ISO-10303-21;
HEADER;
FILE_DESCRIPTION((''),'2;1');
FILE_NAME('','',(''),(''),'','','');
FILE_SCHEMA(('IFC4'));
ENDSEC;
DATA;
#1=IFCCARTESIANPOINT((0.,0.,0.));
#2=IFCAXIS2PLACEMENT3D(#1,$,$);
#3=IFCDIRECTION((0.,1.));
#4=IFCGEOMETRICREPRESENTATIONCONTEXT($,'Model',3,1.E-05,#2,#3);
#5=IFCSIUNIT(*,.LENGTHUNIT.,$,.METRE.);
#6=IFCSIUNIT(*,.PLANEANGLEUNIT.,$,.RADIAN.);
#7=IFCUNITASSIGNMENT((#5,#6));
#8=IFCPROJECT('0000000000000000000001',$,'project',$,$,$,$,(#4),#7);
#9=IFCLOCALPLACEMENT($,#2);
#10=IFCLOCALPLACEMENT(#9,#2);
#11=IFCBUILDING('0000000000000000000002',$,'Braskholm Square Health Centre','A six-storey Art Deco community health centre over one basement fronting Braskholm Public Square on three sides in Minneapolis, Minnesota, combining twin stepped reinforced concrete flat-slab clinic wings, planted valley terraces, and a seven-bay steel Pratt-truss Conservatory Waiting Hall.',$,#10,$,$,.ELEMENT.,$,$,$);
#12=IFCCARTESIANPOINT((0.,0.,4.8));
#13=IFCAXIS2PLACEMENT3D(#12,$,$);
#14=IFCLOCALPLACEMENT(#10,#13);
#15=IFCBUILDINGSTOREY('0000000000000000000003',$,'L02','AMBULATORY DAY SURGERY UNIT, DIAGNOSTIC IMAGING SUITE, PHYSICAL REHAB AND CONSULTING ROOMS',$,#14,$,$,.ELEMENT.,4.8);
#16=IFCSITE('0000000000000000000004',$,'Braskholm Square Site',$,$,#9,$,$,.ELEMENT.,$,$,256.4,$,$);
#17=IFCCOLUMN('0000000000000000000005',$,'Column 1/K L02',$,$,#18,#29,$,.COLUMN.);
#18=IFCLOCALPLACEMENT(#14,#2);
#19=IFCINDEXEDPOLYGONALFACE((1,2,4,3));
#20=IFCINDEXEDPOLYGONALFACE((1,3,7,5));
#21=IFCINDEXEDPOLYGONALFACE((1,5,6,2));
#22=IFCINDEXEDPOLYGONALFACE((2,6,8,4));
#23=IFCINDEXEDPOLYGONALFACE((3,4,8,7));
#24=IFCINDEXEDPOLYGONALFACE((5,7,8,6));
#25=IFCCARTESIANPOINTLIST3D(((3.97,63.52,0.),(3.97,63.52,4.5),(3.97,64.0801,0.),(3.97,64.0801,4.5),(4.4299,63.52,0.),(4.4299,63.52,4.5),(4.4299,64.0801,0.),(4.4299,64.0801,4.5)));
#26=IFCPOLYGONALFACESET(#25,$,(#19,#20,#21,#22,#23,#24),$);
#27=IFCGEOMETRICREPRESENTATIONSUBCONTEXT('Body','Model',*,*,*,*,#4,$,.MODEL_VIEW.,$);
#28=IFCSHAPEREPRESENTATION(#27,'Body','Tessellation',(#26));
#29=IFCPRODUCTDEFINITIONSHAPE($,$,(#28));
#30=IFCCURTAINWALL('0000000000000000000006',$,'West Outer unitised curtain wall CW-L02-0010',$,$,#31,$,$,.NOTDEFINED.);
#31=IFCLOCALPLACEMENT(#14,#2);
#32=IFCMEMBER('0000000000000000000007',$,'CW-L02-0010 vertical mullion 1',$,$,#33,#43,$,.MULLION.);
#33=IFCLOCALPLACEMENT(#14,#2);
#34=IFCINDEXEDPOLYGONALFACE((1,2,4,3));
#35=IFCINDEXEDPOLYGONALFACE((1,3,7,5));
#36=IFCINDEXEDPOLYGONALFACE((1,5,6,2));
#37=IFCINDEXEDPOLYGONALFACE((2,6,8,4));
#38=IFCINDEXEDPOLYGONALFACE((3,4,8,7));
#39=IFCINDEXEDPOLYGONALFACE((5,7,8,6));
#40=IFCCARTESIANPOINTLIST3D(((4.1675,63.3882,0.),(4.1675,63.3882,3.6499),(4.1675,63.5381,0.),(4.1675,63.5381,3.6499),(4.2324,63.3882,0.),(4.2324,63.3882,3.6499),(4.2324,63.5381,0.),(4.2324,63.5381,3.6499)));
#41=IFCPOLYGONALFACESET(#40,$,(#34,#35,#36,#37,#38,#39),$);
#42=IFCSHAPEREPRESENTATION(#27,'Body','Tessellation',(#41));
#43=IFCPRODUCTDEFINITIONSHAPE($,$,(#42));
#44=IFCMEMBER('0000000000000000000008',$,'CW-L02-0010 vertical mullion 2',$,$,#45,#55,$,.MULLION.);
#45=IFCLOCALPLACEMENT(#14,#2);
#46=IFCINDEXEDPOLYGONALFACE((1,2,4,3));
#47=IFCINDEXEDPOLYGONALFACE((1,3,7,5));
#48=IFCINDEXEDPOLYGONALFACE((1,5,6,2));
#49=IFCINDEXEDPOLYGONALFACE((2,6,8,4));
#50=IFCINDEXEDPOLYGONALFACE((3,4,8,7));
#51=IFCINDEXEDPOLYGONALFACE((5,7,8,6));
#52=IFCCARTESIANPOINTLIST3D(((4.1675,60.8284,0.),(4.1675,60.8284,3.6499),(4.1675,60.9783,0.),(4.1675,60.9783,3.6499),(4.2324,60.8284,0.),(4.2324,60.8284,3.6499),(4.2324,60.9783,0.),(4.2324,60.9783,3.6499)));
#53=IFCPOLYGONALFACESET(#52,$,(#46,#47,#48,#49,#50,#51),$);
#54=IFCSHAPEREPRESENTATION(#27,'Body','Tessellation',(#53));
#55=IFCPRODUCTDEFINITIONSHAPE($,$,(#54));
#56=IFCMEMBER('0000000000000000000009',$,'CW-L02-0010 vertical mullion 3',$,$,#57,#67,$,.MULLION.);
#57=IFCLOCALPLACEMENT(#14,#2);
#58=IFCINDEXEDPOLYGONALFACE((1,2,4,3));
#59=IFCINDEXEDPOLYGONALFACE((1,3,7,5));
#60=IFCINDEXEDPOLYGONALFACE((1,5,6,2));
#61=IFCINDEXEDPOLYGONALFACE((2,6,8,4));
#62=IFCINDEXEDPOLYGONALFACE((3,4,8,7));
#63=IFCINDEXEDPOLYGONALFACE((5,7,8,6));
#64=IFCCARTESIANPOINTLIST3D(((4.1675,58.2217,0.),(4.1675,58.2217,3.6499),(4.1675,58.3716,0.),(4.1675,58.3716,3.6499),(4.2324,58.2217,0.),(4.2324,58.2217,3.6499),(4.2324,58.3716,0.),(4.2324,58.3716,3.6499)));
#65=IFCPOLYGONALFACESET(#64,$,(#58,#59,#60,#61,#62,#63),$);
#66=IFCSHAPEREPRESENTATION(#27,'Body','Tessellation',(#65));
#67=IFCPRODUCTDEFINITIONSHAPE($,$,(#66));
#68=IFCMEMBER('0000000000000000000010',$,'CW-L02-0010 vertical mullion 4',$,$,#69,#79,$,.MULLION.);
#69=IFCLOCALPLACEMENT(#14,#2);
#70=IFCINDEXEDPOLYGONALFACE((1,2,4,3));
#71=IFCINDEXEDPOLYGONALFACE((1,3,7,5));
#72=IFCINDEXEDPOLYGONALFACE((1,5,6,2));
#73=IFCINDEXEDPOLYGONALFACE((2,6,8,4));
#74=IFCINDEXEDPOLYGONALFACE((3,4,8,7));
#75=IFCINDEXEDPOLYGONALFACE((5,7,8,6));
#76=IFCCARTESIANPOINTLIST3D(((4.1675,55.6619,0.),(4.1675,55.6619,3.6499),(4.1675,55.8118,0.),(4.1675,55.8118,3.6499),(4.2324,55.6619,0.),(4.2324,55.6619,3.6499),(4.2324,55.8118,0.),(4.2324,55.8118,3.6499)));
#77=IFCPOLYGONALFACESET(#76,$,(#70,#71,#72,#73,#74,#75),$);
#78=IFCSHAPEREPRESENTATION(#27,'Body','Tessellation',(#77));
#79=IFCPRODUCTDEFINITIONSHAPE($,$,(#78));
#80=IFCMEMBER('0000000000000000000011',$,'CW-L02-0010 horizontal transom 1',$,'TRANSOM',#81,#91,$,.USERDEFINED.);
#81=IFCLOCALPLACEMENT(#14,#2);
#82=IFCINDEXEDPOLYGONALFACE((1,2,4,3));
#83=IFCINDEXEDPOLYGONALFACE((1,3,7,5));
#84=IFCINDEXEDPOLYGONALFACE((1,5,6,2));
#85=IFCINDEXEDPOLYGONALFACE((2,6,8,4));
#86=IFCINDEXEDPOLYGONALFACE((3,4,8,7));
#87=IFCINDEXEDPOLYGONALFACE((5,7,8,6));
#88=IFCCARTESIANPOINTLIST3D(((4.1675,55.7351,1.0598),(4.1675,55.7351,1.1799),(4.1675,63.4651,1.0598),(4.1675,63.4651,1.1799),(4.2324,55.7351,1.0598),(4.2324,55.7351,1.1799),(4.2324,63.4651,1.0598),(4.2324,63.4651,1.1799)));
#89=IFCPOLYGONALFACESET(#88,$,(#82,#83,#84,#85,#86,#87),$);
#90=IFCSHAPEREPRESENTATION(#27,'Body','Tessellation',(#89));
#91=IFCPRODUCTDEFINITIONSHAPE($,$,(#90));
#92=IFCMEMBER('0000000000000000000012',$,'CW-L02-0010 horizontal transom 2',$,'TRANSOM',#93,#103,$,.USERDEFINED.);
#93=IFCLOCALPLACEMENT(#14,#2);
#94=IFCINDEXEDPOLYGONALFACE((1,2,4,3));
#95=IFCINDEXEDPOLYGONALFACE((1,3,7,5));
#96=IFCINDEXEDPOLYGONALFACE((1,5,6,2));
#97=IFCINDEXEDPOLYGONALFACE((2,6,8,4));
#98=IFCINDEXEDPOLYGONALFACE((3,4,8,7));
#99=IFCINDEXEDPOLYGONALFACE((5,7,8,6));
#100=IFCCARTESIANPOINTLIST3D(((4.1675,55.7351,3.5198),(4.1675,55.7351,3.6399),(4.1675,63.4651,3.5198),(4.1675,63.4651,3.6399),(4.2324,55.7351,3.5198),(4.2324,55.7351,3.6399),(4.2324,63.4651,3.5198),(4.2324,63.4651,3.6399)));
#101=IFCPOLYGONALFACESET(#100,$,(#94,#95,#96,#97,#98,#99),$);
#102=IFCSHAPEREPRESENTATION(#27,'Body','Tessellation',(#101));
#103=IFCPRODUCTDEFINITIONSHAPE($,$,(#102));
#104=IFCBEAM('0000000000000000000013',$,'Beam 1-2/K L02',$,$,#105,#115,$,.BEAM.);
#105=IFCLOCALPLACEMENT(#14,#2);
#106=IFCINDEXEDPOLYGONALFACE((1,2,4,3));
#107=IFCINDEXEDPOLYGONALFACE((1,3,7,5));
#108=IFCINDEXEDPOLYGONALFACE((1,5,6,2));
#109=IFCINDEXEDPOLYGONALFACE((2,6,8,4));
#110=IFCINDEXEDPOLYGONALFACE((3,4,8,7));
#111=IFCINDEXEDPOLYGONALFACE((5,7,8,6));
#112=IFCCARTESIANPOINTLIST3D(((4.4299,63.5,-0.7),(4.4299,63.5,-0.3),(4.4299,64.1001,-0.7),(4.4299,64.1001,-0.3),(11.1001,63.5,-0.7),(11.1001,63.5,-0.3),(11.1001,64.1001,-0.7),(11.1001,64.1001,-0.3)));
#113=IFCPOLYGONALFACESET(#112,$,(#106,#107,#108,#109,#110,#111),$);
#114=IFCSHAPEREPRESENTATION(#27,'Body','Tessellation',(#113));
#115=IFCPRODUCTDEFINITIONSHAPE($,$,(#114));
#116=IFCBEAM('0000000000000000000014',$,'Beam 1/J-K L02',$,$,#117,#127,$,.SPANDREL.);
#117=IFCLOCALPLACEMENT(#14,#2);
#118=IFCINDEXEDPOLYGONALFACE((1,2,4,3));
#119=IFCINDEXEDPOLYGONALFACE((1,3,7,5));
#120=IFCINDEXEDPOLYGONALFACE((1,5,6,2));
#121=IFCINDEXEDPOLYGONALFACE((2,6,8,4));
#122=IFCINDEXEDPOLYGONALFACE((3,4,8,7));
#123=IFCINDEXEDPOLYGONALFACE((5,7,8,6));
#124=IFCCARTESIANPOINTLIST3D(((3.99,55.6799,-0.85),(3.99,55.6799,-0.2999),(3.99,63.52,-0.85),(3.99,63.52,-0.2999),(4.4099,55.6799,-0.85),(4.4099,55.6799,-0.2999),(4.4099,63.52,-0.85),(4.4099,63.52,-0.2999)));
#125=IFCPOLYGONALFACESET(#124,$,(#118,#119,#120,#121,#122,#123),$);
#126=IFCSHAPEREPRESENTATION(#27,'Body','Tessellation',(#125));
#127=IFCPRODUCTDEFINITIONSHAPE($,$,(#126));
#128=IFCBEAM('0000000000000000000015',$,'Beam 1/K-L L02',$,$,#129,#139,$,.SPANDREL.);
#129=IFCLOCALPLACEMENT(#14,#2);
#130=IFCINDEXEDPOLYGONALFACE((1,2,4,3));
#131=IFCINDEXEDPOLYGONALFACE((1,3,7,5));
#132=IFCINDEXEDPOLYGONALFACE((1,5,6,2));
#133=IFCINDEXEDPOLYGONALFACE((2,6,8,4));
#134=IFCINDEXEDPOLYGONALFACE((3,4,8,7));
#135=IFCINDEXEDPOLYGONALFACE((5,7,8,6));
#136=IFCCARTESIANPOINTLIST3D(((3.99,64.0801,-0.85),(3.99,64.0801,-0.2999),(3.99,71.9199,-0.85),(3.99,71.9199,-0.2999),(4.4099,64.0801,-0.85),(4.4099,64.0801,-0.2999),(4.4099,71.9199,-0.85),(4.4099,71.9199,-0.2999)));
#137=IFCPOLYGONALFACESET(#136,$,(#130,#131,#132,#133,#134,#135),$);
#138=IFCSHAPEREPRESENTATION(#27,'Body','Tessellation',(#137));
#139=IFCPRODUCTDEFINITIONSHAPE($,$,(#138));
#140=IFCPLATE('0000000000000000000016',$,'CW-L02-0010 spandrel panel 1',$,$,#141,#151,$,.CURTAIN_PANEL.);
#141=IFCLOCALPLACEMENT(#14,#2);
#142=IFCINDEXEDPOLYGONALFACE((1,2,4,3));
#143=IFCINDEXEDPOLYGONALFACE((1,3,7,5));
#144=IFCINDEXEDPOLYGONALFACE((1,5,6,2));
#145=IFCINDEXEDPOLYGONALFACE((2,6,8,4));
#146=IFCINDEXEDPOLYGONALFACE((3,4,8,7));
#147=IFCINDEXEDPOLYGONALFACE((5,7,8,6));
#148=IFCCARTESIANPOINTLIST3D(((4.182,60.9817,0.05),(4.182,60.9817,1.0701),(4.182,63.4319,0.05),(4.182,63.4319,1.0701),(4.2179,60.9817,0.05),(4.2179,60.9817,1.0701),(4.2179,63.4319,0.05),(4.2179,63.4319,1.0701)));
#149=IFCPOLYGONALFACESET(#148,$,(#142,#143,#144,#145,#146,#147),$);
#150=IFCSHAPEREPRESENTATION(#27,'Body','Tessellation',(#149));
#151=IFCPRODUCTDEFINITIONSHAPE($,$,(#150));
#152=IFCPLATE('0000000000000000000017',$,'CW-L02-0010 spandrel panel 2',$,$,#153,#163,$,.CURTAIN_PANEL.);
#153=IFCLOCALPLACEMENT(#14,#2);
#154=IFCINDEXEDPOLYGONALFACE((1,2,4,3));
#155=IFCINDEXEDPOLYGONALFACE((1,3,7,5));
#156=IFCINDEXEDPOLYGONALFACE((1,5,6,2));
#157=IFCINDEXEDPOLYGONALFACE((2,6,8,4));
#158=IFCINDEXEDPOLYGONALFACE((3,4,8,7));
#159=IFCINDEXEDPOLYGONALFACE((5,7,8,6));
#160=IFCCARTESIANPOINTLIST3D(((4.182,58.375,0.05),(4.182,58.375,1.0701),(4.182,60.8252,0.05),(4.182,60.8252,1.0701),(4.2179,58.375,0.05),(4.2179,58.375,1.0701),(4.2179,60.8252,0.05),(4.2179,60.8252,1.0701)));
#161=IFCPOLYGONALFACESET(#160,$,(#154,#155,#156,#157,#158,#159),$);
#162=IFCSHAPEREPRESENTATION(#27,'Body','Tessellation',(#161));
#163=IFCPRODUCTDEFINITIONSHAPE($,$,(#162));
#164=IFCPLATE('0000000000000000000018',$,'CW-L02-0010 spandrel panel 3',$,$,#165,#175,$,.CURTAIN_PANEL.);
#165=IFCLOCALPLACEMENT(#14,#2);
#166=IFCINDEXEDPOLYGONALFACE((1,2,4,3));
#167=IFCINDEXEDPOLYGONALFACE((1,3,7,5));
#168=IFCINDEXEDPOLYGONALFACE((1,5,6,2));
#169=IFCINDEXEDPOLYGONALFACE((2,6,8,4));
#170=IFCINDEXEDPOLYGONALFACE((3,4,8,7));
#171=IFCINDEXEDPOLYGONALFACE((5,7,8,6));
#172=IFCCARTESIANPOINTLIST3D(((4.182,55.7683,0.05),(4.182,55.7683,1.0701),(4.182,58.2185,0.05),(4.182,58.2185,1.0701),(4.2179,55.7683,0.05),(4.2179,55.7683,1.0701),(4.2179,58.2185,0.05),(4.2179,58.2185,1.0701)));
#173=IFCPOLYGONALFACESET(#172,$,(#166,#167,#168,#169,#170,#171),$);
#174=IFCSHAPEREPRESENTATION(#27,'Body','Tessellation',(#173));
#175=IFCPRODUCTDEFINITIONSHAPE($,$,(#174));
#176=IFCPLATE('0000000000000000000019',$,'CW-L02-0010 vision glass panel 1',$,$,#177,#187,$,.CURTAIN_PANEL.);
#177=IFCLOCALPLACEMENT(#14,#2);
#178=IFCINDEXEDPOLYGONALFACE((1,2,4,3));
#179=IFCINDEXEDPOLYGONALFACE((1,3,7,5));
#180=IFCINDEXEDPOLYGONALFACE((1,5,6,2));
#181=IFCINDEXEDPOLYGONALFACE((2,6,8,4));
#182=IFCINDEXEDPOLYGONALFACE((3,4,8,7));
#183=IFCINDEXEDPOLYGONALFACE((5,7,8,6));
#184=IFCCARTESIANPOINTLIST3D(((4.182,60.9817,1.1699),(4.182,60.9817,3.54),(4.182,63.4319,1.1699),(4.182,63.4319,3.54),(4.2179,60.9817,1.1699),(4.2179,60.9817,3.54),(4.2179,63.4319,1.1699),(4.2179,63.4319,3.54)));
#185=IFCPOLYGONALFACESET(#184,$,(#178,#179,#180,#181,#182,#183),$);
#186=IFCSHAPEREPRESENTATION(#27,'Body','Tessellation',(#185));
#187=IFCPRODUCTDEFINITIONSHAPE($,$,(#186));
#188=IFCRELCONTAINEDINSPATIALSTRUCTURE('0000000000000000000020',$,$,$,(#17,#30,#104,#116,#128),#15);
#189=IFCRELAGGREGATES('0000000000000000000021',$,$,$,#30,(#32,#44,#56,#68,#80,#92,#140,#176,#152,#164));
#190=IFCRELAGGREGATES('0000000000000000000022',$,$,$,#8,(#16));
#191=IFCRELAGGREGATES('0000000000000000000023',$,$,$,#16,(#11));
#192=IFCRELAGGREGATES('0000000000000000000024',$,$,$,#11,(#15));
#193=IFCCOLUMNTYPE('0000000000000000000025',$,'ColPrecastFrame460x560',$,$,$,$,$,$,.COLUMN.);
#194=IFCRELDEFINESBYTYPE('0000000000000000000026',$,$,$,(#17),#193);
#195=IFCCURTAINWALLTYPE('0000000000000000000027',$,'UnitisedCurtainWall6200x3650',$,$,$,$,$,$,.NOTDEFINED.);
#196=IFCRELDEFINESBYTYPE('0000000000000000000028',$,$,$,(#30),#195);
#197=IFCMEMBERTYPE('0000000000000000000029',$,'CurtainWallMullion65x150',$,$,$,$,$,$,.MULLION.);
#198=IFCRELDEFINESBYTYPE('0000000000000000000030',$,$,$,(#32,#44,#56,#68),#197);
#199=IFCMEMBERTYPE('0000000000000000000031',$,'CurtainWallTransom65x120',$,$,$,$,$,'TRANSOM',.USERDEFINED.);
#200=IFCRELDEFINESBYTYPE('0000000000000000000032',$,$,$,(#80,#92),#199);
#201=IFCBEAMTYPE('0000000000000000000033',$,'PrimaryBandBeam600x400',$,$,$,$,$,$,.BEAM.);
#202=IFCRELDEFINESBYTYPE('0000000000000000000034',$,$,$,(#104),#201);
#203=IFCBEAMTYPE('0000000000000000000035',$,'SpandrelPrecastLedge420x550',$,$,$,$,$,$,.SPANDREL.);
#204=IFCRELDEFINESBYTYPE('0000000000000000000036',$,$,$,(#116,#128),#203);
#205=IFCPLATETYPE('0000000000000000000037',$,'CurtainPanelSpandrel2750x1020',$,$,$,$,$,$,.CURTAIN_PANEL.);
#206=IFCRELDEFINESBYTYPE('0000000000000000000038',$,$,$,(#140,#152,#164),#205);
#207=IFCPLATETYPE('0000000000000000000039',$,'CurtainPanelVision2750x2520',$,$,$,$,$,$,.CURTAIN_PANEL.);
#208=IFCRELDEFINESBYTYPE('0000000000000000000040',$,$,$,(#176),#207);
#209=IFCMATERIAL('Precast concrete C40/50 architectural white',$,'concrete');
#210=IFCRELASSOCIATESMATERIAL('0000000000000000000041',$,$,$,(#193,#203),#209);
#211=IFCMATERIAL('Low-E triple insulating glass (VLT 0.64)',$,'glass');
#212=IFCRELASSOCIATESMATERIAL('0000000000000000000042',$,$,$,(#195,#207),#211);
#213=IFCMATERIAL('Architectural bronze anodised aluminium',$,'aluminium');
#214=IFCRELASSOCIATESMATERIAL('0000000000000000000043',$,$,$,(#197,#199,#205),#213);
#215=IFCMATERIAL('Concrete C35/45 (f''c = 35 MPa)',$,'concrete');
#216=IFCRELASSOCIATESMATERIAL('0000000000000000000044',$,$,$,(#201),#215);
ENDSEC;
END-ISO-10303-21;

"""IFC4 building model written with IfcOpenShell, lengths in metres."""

from ifc_helpers import new_model, si_unit, direction, frame, origin, origin_2d, place, context, subcontext, project, spatial, rectangle, extrude, material, material_profile, profile_set, type_object, element, aggregate, save


model = new_model("IFC4")

# Units and contexts
model_context = context("Model", 3, precision=1e-05, world=origin(), true_north=direction((0.0, 1.0)))
body_context = subcontext(model_context, "Body", "Model", "MODEL_VIEW")
ifc_project = project(units=[si_unit("LENGTHUNIT", "METRE"), si_unit("PLANEANGLEUNIT", "RADIAN")], contexts=[model_context])

# Site, building, storey
site_placement = place(None, origin())
site = spatial("IfcSite", under=ifc_project, at=site_placement, Name="Braskholm Square Site", CompositionType="ELEMENT", RefElevation=256.4)
building_placement = place(site_placement, origin())
building = spatial("IfcBuilding", under=site, at=building_placement, Name="Braskholm Square Health Centre", Description="A six-storey Art Deco community health centre over one basement fronting Braskholm Public Square on three sides in Minneapolis, Minnesota, combining twin stepped reinforced concrete flat-slab clinic wings, planted valley terraces, and a seven-bay steel Pratt-truss Conservatory Waiting Hall.", CompositionType="ELEMENT")
storey_placement = place(building_placement, frame((0.0, 0.0, 4.8)))
storey = spatial("IfcBuildingStorey", under=building, at=storey_placement, Name="L02", Description="AMBULATORY DAY SURGERY UNIT, DIAGNOSTIC IMAGING SUITE, PHYSICAL REHAB AND CONSULTING ROOMS", CompositionType="ELEMENT", Elevation=4.8)

# Column
ifc_material_1 = material(Name="Precast concrete C40/50 architectural white", Category="concrete")
ifc_material_profile_1 = material_profile(ifc_material_1, rectangle(XDim=0.46, YDim=0.5601, at=origin_2d()), Name="RC-460X560")
ifc_profile_set_1 = profile_set([ifc_material_profile_1], Name="Precast concrete C40/50 architectural white")
column_type = type_object("IfcColumnType", Name="ColPrecastFrame460x560", PredefinedType="COLUMN", material=ifc_profile_set_1)
column_placement = place(storey_placement, frame((4.2, 63.8, 0.0), z_axis=(0.0, 0.0, 1.0), x_axis=(1.0, 0.0, 0.0)))
element("IfcColumn", 1, at=column_placement, inside=storey, type_object=column_type, Name="Column 1/K L02", PredefinedType="COLUMN", context=body_context, shape_type="SweptSolid", body=[
    extrude(rectangle(XDim=0.46, YDim=0.5601, at=origin_2d()), origin(), (0.0, 0.0, 1.0), 4.5),
])

# Curtain wall, members
ifc_material_2 = material(Name="Low-E triple insulating glass (VLT 0.64)", Category="glass")
curtain_wall_type = type_object("IfcCurtainWallType", Name="UnitisedCurtainWall6200x3650", PredefinedType="NOTDEFINED", material=ifc_material_2)
curtain_wall_placement = place(storey_placement, origin())
curtain_wall = element("IfcCurtainWall", 2, at=curtain_wall_placement, inside=storey, type_object=curtain_wall_type, Name="West Outer unitised curtain wall CW-L02-0010", PredefinedType="NOTDEFINED")
ifc_material_3 = material(Name="Architectural bronze anodised aluminium", Category="aluminium")
ifc_material_profile_2 = material_profile(ifc_material_3, rectangle(XDim=0.0649, YDim=0.1499, at=origin_2d()), Name="ALU-65X150")
ifc_profile_set_2 = profile_set([ifc_material_profile_2], Name="Architectural bronze anodised aluminium")
member_type_1 = type_object("IfcMemberType", Name="CurtainWallMullion65x150", PredefinedType="MULLION", material=ifc_profile_set_2)
member_1_placement = place(storey_placement, frame((4.2, 63.4631, 0.0), z_axis=(0.0, 0.0, 1.0), x_axis=(1.0, 0.0, 0.0)))
member_1 = element("IfcMember", 3, at=member_1_placement, type_object=member_type_1, Name="CW-L02-0010 vertical mullion 1", PredefinedType="MULLION", context=body_context, shape_type="SweptSolid", body=[
    extrude(rectangle(XDim=0.0649, YDim=0.1499, at=origin_2d()), origin(), (0.0, 0.0, 1.0), 3.6499),
])
member_2_placement = place(storey_placement, frame((4.2, 60.9033, 0.0), z_axis=(0.0, 0.0, 1.0), x_axis=(1.0, 0.0, 0.0)))
member_2 = element("IfcMember", 4, at=member_2_placement, type_object=member_type_1, Name="CW-L02-0010 vertical mullion 2", PredefinedType="MULLION", context=body_context, shape_type="SweptSolid", body=[
    extrude(rectangle(XDim=0.0649, YDim=0.1499, at=origin_2d()), origin(), (0.0, 0.0, 1.0), 3.6499),
])
member_3_placement = place(storey_placement, frame((4.2, 58.2966, 0.0), z_axis=(0.0, 0.0, 1.0), x_axis=(1.0, 0.0, 0.0)))
member_3 = element("IfcMember", 5, at=member_3_placement, type_object=member_type_1, Name="CW-L02-0010 vertical mullion 3", PredefinedType="MULLION", context=body_context, shape_type="SweptSolid", body=[
    extrude(rectangle(XDim=0.0649, YDim=0.1499, at=origin_2d()), origin(), (0.0, 0.0, 1.0), 3.6499),
])
member_4_placement = place(storey_placement, frame((4.2, 55.7368, 0.0), z_axis=(0.0, 0.0, 1.0), x_axis=(1.0, 0.0, 0.0)))
member_4 = element("IfcMember", 6, at=member_4_placement, type_object=member_type_1, Name="CW-L02-0010 vertical mullion 4", PredefinedType="MULLION", context=body_context, shape_type="SweptSolid", body=[
    extrude(rectangle(XDim=0.0649, YDim=0.1499, at=origin_2d()), origin(), (0.0, 0.0, 1.0), 3.6499),
])
ifc_material_profile_3 = material_profile(ifc_material_3, rectangle(XDim=0.0649, YDim=0.1201, at=origin_2d()), Name="ALU-65X120")
ifc_profile_set_3 = profile_set([ifc_material_profile_3], Name="Architectural bronze anodised aluminium")
member_type_2 = type_object("IfcMemberType", Name="CurtainWallTransom65x120", ElementType="TRANSOM", PredefinedType="USERDEFINED", material=ifc_profile_set_3)
member_5_placement = place(storey_placement, frame((4.2, 63.4651, 1.1199), z_axis=(0.0, -1.0, 0.0), x_axis=(1.0, 0.0, 0.0)))
member_5 = element("IfcMember", 7, at=member_5_placement, type_object=member_type_2, Name="CW-L02-0010 horizontal transom 1", ObjectType="TRANSOM", PredefinedType="USERDEFINED", context=body_context, shape_type="SweptSolid", body=[
    extrude(rectangle(XDim=0.0649, YDim=0.1201, at=origin_2d()), origin(), (0.0, 0.0, 1.0), 7.73),
])
member_6_placement = place(storey_placement, frame((4.2, 63.4651, 3.5798), z_axis=(0.0, -1.0, 0.0), x_axis=(1.0, 0.0, 0.0)))
member_6 = element("IfcMember", 8, at=member_6_placement, type_object=member_type_2, Name="CW-L02-0010 horizontal transom 2", ObjectType="TRANSOM", PredefinedType="USERDEFINED", context=body_context, shape_type="SweptSolid", body=[
    extrude(rectangle(XDim=0.0649, YDim=0.1201, at=origin_2d()), origin(), (0.0, 0.0, 1.0), 7.73),
])

# Beams
ifc_material_4 = material(Name="Concrete C35/45 (f'c = 35 MPa)", Category="concrete")
ifc_material_profile_4 = material_profile(ifc_material_4, rectangle(XDim=0.6001, YDim=0.3999, at=origin_2d()), Name="RCB-600X400")
ifc_profile_set_4 = profile_set([ifc_material_profile_4], Name="Concrete C35/45 (f'c = 35 MPa)")
beam_type_1 = type_object("IfcBeamType", Name="PrimaryBandBeam600x400", PredefinedType="BEAM", material=ifc_profile_set_4)
beam_1_placement = place(storey_placement, frame((4.4299, 63.8, -0.5), z_axis=(1.0, 0.0, 0.0), x_axis=(0.0, 1.0, 0.0)))
element("IfcBeam", 9, at=beam_1_placement, inside=storey, type_object=beam_type_1, Name="Beam 1-2/K L02", PredefinedType="BEAM", context=body_context, shape_type="SweptSolid", body=[
    extrude(rectangle(XDim=0.6001, YDim=0.3999, at=origin_2d()), origin(), (0.0, 0.0, 1.0), 6.6702),
])
ifc_material_profile_5 = material_profile(ifc_material_1, rectangle(XDim=0.4199, YDim=0.55, at=origin_2d()), Name="RCB-420X550")
ifc_profile_set_5 = profile_set([ifc_material_profile_5], Name="Precast concrete C40/50 architectural white")
beam_type_2 = type_object("IfcBeamType", Name="SpandrelPrecastLedge420x550", PredefinedType="SPANDREL", material=ifc_profile_set_5)
beam_2_placement = place(storey_placement, frame((4.2, 55.6799, -0.575), z_axis=(0.0, 1.0, 0.0), x_axis=(-1.0, 0.0, 0.0)))
element("IfcBeam", 10, at=beam_2_placement, inside=storey, type_object=beam_type_2, Name="Beam 1/J-K L02", PredefinedType="SPANDREL", context=body_context, shape_type="SweptSolid", body=[
    extrude(rectangle(XDim=0.4199, YDim=0.55, at=origin_2d()), origin(), (0.0, 0.0, 1.0), 7.8401),
])
beam_3_placement = place(storey_placement, frame((4.2, 64.0801, -0.575), z_axis=(0.0, 1.0, 0.0), x_axis=(-1.0, 0.0, 0.0)))
element("IfcBeam", 11, at=beam_3_placement, inside=storey, type_object=beam_type_2, Name="Beam 1/K-L L02", PredefinedType="SPANDREL", context=body_context, shape_type="SweptSolid", body=[
    extrude(rectangle(XDim=0.4199, YDim=0.55, at=origin_2d()), origin(), (0.0, 0.0, 1.0), 7.8398),
])

# Plates
plate_type_1 = type_object("IfcPlateType", Name="CurtainPanelSpandrel2750x1020", PredefinedType="CURTAIN_PANEL", material=ifc_material_3)
plate_1_placement = place(storey_placement, frame((4.2, 62.2068, 0.05), z_axis=(0.0, 0.0, 1.0), x_axis=(0.0, -1.0, 0.0)))
plate_1 = element("IfcPlate", 12, at=plate_1_placement, type_object=plate_type_1, Name="CW-L02-0010 spandrel panel 1", PredefinedType="CURTAIN_PANEL", context=body_context, shape_type="SweptSolid", body=[
    extrude(rectangle(XDim=2.4502, YDim=0.0359, at=origin_2d()), origin(), (0.0, 0.0, 1.0), 1.02),
])
plate_2_placement = place(storey_placement, frame((4.2, 59.6001, 0.05), z_axis=(0.0, 0.0, 1.0), x_axis=(0.0, -1.0, 0.0)))
plate_2 = element("IfcPlate", 13, at=plate_2_placement, type_object=plate_type_1, Name="CW-L02-0010 spandrel panel 2", PredefinedType="CURTAIN_PANEL", context=body_context, shape_type="SweptSolid", body=[
    extrude(rectangle(XDim=2.4502, YDim=0.0359, at=origin_2d()), origin(), (0.0, 0.0, 1.0), 1.02),
])
plate_3_placement = place(storey_placement, frame((4.2, 56.9934, 0.05), z_axis=(0.0, 0.0, 1.0), x_axis=(0.0, -1.0, 0.0)))
plate_3 = element("IfcPlate", 14, at=plate_3_placement, type_object=plate_type_1, Name="CW-L02-0010 spandrel panel 3", PredefinedType="CURTAIN_PANEL", context=body_context, shape_type="SweptSolid", body=[
    extrude(rectangle(XDim=2.4502, YDim=0.0359, at=origin_2d()), origin(), (0.0, 0.0, 1.0), 1.02),
])
plate_type_2 = type_object("IfcPlateType", Name="CurtainPanelVision2750x2520", PredefinedType="CURTAIN_PANEL", material=ifc_material_2)
plate_4_placement = place(storey_placement, frame((4.2, 62.2068, 1.1699), z_axis=(0.0, 0.0, 1.0), x_axis=(0.0, -1.0, 0.0)))
plate_4 = element("IfcPlate", 15, at=plate_4_placement, type_object=plate_type_2, Name="CW-L02-0010 vision glass panel 1", PredefinedType="CURTAIN_PANEL", context=body_context, shape_type="SweptSolid", body=[
    extrude(rectangle(XDim=2.4502, YDim=0.0359, at=origin_2d()), origin(), (0.0, 0.0, 1.0), 2.3701),
])
aggregate(curtain_wall, [member_1, member_2, member_3, member_4, member_5, member_6, plate_1, plate_4, plate_2, plate_3])

save(model, "model.ifc")
